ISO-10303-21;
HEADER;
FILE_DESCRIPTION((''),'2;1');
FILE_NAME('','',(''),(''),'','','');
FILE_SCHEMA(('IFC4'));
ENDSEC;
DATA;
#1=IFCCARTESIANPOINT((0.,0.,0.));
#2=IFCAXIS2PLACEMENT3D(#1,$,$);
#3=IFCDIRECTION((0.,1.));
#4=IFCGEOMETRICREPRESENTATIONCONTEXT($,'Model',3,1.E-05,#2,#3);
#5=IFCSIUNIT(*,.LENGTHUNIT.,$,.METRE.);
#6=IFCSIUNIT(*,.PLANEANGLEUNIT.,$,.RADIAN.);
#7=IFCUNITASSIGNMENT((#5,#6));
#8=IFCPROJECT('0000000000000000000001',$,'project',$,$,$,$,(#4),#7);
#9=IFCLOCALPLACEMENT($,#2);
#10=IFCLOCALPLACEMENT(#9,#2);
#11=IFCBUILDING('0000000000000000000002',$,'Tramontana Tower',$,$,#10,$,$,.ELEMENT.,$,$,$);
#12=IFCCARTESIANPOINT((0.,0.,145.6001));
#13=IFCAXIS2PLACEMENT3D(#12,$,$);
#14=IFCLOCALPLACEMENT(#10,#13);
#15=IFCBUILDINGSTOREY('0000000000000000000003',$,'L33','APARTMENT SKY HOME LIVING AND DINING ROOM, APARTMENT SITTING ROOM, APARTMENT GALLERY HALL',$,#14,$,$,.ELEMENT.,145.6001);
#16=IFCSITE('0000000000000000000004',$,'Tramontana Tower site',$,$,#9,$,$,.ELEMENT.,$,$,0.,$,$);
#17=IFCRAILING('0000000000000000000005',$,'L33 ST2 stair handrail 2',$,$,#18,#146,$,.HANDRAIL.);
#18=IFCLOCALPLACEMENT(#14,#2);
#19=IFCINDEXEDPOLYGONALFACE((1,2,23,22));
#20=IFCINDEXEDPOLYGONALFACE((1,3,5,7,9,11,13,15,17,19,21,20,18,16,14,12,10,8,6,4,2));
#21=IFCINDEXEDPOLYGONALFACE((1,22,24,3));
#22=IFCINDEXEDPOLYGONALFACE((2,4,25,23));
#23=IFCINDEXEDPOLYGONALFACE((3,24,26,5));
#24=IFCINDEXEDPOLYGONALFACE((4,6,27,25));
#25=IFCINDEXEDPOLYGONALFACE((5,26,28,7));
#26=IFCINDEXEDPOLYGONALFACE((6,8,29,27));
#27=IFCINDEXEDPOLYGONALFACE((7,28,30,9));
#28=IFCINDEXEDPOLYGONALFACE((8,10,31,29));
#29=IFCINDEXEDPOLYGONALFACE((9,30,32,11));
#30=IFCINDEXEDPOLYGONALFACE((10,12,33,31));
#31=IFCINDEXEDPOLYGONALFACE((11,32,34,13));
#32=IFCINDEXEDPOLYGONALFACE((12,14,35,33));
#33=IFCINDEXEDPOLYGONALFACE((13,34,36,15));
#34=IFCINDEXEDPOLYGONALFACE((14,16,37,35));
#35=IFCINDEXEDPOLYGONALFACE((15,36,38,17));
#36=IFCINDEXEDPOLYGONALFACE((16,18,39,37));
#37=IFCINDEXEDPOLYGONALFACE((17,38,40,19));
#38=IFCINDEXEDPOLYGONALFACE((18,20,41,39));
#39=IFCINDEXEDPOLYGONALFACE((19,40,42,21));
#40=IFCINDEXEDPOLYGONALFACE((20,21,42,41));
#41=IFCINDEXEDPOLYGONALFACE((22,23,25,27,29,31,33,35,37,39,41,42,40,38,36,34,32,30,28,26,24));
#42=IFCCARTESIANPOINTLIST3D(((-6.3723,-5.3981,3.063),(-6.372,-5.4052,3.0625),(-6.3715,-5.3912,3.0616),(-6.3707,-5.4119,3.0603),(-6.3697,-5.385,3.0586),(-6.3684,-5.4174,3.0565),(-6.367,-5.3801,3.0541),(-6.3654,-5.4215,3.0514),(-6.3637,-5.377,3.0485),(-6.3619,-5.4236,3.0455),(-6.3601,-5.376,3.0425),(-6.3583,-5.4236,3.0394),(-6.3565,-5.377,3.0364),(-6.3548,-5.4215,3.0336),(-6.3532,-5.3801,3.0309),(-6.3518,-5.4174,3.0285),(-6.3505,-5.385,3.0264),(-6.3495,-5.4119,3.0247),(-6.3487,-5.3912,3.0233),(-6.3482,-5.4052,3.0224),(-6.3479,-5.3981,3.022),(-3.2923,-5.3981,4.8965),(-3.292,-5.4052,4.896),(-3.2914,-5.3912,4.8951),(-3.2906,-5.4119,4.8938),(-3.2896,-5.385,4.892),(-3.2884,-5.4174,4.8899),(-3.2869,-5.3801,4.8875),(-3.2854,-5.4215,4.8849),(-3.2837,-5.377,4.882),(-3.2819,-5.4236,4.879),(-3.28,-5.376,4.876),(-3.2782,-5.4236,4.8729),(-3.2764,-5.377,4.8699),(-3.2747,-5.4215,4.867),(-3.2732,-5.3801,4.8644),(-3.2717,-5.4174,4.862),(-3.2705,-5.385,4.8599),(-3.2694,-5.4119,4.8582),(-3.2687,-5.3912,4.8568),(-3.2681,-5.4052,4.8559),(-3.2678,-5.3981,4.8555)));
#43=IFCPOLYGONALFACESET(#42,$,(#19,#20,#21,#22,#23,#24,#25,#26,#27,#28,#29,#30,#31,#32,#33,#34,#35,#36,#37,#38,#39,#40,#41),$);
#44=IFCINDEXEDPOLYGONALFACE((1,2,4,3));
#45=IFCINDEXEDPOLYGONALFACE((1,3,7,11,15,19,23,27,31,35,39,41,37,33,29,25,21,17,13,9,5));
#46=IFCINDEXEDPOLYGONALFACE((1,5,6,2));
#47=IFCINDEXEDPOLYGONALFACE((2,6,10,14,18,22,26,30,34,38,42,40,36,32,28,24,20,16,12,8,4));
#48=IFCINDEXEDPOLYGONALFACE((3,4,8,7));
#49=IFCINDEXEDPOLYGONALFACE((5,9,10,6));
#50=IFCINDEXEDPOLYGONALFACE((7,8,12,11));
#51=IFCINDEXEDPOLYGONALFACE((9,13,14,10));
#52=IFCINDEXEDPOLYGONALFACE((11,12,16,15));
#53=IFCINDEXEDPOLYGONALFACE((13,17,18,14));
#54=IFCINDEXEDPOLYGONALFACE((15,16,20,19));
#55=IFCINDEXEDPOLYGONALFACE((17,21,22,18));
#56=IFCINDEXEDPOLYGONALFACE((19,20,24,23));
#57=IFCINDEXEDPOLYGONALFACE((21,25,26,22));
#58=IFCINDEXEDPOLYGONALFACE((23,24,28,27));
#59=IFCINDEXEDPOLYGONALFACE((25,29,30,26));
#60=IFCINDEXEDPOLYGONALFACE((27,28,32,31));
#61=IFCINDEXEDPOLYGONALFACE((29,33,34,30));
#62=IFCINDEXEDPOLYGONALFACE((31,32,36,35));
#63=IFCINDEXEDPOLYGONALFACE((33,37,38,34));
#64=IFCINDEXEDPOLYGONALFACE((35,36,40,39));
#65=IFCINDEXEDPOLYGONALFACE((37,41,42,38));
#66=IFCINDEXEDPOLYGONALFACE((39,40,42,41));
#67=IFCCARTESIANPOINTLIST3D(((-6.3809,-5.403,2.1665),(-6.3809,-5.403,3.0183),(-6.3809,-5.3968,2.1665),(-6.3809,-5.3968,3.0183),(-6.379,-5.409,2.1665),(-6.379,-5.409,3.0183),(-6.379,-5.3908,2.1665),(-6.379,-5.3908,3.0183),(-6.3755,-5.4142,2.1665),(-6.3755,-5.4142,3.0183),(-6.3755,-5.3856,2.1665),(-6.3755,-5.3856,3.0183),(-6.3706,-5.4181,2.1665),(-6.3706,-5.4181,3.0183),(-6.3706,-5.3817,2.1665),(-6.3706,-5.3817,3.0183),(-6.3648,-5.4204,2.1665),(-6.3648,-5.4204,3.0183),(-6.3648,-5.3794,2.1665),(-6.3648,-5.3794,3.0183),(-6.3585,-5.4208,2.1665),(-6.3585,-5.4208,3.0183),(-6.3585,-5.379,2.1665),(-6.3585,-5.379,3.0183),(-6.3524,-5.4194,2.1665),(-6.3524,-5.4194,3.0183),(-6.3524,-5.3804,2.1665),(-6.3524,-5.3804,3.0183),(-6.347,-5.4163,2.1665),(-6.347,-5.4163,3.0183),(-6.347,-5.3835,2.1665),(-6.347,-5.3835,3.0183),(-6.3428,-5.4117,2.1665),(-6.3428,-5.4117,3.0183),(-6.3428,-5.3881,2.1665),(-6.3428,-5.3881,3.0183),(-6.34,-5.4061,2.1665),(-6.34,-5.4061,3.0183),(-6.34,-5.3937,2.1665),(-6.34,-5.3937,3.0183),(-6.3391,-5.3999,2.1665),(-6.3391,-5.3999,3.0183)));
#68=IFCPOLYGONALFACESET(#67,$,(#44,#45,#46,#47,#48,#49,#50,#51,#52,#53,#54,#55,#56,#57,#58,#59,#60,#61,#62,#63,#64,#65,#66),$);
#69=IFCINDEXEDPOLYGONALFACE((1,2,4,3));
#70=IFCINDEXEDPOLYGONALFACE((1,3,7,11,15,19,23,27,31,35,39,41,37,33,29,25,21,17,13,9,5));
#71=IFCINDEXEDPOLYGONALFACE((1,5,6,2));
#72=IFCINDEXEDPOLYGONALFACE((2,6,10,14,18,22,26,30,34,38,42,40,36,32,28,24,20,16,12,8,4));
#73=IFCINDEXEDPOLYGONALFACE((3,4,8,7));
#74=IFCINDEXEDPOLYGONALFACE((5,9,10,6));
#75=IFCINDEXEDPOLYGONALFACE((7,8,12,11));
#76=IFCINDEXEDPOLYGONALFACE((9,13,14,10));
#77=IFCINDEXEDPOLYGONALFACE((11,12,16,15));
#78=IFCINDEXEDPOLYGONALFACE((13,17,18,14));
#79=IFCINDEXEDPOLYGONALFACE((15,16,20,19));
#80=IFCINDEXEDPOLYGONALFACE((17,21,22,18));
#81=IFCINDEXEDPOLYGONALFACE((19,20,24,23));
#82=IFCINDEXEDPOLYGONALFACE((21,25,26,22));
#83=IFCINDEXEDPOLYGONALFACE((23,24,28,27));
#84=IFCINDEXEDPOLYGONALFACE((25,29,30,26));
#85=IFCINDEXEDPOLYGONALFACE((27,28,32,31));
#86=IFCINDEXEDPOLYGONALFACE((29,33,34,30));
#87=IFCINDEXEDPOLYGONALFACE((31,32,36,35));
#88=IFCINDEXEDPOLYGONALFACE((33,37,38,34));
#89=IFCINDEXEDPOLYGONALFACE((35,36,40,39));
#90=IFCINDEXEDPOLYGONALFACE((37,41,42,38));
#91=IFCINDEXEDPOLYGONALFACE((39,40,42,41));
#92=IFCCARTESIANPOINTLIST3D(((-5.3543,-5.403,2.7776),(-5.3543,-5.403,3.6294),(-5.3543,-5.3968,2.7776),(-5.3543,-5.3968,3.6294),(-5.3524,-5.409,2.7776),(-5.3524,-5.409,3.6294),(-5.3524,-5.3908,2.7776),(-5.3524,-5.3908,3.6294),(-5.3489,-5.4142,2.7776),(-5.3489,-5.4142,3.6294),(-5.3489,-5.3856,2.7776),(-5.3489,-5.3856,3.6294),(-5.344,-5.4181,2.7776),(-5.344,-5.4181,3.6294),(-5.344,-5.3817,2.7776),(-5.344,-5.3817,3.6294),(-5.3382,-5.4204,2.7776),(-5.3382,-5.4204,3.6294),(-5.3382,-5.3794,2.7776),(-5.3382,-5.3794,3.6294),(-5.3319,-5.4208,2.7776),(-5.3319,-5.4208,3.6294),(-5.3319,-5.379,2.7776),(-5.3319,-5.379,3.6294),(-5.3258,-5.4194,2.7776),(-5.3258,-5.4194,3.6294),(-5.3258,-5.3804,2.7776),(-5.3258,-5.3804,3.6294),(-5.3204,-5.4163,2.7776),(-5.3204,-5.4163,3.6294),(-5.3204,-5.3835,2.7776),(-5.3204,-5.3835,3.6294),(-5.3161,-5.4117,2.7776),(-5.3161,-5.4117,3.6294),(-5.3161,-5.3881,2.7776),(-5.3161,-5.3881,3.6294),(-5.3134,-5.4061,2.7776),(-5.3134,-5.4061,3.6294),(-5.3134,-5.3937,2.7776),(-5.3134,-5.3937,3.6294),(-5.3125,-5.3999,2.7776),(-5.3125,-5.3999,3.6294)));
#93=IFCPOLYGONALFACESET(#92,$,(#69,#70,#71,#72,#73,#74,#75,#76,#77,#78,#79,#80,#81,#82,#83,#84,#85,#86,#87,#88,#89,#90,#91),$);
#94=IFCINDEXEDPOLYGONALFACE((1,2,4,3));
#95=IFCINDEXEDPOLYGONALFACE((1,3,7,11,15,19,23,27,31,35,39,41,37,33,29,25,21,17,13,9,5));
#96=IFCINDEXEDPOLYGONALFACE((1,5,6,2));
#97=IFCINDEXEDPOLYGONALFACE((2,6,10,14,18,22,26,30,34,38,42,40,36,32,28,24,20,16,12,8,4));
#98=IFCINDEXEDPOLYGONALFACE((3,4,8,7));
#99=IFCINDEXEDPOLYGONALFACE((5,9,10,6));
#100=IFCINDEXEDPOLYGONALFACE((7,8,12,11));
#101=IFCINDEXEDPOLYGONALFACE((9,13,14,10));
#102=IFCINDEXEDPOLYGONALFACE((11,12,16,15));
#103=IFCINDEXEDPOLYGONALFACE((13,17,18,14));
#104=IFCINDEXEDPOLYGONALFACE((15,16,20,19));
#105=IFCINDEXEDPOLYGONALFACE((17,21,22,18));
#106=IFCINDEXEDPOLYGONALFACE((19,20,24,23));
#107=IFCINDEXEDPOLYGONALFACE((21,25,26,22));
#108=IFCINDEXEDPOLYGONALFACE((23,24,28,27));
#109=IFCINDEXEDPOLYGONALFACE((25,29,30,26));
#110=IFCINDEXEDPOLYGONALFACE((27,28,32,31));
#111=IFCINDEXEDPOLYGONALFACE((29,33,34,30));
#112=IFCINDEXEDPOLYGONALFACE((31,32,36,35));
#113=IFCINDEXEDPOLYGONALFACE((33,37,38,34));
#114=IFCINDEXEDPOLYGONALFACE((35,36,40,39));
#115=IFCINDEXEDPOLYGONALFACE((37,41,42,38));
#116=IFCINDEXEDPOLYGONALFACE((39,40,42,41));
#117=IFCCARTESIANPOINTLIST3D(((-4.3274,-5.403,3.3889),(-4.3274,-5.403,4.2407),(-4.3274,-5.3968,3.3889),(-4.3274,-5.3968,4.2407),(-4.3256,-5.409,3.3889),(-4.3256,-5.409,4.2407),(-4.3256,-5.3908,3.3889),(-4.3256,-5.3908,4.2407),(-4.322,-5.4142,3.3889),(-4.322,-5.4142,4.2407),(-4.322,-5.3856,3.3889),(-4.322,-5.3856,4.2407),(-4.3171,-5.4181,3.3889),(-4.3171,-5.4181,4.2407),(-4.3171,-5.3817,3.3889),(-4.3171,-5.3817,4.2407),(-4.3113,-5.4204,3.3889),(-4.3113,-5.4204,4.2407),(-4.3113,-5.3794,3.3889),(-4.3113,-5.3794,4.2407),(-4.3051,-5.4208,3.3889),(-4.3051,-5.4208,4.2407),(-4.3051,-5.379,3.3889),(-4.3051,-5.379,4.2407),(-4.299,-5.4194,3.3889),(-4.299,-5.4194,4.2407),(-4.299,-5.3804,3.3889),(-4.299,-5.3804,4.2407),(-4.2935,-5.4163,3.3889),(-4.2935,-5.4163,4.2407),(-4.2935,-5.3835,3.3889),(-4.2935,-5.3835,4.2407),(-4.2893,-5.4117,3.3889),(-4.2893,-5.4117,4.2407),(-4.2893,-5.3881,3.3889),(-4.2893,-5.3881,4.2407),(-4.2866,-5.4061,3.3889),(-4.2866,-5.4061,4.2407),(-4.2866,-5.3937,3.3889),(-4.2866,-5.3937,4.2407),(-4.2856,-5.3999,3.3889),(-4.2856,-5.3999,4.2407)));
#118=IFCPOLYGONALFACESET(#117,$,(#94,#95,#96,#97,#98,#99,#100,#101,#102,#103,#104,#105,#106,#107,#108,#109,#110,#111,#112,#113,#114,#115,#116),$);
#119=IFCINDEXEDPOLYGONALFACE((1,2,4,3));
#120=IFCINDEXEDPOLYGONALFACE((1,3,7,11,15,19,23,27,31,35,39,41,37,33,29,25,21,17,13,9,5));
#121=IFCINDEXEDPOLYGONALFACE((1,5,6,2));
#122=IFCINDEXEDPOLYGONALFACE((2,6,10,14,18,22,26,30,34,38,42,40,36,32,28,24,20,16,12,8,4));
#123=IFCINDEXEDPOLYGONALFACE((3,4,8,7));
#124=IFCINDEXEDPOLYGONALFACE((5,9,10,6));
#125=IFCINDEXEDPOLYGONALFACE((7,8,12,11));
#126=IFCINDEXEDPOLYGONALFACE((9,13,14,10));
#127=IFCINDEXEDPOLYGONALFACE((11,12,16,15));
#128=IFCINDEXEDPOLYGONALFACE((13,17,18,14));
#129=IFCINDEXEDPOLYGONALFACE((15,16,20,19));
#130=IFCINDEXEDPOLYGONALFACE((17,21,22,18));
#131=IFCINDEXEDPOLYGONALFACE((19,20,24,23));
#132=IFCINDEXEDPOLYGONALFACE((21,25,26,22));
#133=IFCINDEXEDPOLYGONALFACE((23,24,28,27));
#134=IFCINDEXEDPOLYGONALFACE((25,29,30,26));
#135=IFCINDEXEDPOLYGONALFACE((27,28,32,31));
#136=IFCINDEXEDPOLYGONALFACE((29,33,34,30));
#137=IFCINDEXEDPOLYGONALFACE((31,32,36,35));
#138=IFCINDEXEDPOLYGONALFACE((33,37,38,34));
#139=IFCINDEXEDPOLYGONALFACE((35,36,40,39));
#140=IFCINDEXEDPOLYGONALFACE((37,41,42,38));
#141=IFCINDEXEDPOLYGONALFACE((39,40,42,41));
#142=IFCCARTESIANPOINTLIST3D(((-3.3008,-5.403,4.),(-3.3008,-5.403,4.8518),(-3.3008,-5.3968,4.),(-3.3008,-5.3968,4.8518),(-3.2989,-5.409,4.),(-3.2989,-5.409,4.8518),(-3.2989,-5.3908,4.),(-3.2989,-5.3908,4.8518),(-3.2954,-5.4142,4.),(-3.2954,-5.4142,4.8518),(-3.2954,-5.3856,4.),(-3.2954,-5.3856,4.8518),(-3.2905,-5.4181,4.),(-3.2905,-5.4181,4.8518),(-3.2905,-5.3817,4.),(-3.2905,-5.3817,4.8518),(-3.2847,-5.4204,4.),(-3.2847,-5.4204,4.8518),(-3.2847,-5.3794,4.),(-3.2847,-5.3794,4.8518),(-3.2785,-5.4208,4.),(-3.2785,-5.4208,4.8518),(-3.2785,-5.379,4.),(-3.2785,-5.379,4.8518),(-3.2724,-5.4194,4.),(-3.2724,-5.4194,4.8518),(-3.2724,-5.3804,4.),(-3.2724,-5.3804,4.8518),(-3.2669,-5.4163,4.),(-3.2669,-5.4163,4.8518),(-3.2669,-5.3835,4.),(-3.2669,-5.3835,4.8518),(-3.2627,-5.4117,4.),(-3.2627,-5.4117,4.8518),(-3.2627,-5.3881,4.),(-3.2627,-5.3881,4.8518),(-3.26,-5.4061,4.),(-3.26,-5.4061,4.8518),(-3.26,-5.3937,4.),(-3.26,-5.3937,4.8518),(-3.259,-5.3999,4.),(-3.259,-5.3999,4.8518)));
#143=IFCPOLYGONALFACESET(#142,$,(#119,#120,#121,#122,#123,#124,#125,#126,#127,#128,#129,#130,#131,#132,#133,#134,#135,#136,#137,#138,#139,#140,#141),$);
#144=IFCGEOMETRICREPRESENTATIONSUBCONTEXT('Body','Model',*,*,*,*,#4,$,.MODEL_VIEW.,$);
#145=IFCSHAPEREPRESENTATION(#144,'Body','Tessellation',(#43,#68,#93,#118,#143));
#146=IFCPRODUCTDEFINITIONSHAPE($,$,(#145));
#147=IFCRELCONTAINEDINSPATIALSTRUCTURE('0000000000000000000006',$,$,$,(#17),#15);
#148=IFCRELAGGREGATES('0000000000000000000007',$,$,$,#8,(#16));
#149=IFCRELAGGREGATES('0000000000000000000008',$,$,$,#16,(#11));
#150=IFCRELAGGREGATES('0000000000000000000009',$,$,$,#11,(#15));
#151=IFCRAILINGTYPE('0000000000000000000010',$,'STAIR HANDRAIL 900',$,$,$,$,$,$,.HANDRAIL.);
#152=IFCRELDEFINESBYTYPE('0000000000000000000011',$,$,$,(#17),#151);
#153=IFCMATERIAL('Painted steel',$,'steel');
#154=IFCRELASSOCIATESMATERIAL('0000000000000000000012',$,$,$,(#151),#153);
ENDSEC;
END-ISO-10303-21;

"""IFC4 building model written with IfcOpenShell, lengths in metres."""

from ifc_helpers import new_model, si_unit, direction, frame, origin, origin_2d, place, context, subcontext, project, spatial, circle, extrude, material, type_object, element, save


model = new_model("IFC4")

# Units and contexts
model_context = context("Model", 3, precision=1e-05, world=origin(), true_north=direction((0.0, 1.0)))
body_context = subcontext(model_context, "Body", "Model", "MODEL_VIEW")
ifc_project = project(units=[si_unit("LENGTHUNIT", "METRE"), si_unit("PLANEANGLEUNIT", "RADIAN")], contexts=[model_context])

# Site, building, storey
site_placement = place(None, origin())
site = spatial("IfcSite", under=ifc_project, at=site_placement, Name="Tramontana Tower site", CompositionType="ELEMENT", RefElevation=0.0)
building_placement = place(site_placement, origin())
building = spatial("IfcBuilding", under=site, at=building_placement, Name="Tramontana Tower", CompositionType="ELEMENT")
storey_placement = place(building_placement, frame((0.0, 0.0, 145.6001)))
storey = spatial("IfcBuildingStorey", under=building, at=storey_placement, Name="L33", Description="APARTMENT SKY HOME LIVING AND DINING ROOM, APARTMENT SITTING ROOM, APARTMENT GALLERY HALL", CompositionType="ELEMENT", Elevation=145.6001)

# Railing
ifc_material_1 = material(Name="Painted steel", Category="steel")
railing_type_1 = type_object("IfcRailingType", Name="STAIR HANDRAIL 900", PredefinedType="HANDRAIL", material=ifc_material_1)
railing_1_placement = place(storey_placement, frame((-6.3601, -5.3999, 2.1665)))
element("IfcRailing", 1, at=railing_1_placement, inside=storey, type_object=railing_type_1, Name="L33 ST2 stair handrail 2", PredefinedType="HANDRAIL", context=body_context, shape_type="SweptSolid", body=[
    extrude(circle(Radius=0.0239, at=origin_2d()), frame((0.0, 0.0, 0.876), z_axis=(0.859279, 0.0, 0.511508), x_axis=(0.0, 1.0, 0.0)), (0.0, 0.0, 1.0), 3.5845),
    extrude(circle(Radius=0.021, at=origin_2d()), origin(), (0.0, 0.0, 1.0), 0.8518),
    extrude(circle(Radius=0.021, at=origin_2d()), frame((1.0266, 0.0, 0.6111)), (0.0, 0.0, 1.0), 0.8518),
    extrude(circle(Radius=0.021, at=origin_2d()), frame((2.0535, 0.0, 1.2224)), (0.0, 0.0, 1.0), 0.8518),
    extrude(circle(Radius=0.021, at=origin_2d()), frame((3.0801, 0.0, 1.8335)), (0.0, 0.0, 1.0), 0.8518),
])

save(model, "model.ifc")
